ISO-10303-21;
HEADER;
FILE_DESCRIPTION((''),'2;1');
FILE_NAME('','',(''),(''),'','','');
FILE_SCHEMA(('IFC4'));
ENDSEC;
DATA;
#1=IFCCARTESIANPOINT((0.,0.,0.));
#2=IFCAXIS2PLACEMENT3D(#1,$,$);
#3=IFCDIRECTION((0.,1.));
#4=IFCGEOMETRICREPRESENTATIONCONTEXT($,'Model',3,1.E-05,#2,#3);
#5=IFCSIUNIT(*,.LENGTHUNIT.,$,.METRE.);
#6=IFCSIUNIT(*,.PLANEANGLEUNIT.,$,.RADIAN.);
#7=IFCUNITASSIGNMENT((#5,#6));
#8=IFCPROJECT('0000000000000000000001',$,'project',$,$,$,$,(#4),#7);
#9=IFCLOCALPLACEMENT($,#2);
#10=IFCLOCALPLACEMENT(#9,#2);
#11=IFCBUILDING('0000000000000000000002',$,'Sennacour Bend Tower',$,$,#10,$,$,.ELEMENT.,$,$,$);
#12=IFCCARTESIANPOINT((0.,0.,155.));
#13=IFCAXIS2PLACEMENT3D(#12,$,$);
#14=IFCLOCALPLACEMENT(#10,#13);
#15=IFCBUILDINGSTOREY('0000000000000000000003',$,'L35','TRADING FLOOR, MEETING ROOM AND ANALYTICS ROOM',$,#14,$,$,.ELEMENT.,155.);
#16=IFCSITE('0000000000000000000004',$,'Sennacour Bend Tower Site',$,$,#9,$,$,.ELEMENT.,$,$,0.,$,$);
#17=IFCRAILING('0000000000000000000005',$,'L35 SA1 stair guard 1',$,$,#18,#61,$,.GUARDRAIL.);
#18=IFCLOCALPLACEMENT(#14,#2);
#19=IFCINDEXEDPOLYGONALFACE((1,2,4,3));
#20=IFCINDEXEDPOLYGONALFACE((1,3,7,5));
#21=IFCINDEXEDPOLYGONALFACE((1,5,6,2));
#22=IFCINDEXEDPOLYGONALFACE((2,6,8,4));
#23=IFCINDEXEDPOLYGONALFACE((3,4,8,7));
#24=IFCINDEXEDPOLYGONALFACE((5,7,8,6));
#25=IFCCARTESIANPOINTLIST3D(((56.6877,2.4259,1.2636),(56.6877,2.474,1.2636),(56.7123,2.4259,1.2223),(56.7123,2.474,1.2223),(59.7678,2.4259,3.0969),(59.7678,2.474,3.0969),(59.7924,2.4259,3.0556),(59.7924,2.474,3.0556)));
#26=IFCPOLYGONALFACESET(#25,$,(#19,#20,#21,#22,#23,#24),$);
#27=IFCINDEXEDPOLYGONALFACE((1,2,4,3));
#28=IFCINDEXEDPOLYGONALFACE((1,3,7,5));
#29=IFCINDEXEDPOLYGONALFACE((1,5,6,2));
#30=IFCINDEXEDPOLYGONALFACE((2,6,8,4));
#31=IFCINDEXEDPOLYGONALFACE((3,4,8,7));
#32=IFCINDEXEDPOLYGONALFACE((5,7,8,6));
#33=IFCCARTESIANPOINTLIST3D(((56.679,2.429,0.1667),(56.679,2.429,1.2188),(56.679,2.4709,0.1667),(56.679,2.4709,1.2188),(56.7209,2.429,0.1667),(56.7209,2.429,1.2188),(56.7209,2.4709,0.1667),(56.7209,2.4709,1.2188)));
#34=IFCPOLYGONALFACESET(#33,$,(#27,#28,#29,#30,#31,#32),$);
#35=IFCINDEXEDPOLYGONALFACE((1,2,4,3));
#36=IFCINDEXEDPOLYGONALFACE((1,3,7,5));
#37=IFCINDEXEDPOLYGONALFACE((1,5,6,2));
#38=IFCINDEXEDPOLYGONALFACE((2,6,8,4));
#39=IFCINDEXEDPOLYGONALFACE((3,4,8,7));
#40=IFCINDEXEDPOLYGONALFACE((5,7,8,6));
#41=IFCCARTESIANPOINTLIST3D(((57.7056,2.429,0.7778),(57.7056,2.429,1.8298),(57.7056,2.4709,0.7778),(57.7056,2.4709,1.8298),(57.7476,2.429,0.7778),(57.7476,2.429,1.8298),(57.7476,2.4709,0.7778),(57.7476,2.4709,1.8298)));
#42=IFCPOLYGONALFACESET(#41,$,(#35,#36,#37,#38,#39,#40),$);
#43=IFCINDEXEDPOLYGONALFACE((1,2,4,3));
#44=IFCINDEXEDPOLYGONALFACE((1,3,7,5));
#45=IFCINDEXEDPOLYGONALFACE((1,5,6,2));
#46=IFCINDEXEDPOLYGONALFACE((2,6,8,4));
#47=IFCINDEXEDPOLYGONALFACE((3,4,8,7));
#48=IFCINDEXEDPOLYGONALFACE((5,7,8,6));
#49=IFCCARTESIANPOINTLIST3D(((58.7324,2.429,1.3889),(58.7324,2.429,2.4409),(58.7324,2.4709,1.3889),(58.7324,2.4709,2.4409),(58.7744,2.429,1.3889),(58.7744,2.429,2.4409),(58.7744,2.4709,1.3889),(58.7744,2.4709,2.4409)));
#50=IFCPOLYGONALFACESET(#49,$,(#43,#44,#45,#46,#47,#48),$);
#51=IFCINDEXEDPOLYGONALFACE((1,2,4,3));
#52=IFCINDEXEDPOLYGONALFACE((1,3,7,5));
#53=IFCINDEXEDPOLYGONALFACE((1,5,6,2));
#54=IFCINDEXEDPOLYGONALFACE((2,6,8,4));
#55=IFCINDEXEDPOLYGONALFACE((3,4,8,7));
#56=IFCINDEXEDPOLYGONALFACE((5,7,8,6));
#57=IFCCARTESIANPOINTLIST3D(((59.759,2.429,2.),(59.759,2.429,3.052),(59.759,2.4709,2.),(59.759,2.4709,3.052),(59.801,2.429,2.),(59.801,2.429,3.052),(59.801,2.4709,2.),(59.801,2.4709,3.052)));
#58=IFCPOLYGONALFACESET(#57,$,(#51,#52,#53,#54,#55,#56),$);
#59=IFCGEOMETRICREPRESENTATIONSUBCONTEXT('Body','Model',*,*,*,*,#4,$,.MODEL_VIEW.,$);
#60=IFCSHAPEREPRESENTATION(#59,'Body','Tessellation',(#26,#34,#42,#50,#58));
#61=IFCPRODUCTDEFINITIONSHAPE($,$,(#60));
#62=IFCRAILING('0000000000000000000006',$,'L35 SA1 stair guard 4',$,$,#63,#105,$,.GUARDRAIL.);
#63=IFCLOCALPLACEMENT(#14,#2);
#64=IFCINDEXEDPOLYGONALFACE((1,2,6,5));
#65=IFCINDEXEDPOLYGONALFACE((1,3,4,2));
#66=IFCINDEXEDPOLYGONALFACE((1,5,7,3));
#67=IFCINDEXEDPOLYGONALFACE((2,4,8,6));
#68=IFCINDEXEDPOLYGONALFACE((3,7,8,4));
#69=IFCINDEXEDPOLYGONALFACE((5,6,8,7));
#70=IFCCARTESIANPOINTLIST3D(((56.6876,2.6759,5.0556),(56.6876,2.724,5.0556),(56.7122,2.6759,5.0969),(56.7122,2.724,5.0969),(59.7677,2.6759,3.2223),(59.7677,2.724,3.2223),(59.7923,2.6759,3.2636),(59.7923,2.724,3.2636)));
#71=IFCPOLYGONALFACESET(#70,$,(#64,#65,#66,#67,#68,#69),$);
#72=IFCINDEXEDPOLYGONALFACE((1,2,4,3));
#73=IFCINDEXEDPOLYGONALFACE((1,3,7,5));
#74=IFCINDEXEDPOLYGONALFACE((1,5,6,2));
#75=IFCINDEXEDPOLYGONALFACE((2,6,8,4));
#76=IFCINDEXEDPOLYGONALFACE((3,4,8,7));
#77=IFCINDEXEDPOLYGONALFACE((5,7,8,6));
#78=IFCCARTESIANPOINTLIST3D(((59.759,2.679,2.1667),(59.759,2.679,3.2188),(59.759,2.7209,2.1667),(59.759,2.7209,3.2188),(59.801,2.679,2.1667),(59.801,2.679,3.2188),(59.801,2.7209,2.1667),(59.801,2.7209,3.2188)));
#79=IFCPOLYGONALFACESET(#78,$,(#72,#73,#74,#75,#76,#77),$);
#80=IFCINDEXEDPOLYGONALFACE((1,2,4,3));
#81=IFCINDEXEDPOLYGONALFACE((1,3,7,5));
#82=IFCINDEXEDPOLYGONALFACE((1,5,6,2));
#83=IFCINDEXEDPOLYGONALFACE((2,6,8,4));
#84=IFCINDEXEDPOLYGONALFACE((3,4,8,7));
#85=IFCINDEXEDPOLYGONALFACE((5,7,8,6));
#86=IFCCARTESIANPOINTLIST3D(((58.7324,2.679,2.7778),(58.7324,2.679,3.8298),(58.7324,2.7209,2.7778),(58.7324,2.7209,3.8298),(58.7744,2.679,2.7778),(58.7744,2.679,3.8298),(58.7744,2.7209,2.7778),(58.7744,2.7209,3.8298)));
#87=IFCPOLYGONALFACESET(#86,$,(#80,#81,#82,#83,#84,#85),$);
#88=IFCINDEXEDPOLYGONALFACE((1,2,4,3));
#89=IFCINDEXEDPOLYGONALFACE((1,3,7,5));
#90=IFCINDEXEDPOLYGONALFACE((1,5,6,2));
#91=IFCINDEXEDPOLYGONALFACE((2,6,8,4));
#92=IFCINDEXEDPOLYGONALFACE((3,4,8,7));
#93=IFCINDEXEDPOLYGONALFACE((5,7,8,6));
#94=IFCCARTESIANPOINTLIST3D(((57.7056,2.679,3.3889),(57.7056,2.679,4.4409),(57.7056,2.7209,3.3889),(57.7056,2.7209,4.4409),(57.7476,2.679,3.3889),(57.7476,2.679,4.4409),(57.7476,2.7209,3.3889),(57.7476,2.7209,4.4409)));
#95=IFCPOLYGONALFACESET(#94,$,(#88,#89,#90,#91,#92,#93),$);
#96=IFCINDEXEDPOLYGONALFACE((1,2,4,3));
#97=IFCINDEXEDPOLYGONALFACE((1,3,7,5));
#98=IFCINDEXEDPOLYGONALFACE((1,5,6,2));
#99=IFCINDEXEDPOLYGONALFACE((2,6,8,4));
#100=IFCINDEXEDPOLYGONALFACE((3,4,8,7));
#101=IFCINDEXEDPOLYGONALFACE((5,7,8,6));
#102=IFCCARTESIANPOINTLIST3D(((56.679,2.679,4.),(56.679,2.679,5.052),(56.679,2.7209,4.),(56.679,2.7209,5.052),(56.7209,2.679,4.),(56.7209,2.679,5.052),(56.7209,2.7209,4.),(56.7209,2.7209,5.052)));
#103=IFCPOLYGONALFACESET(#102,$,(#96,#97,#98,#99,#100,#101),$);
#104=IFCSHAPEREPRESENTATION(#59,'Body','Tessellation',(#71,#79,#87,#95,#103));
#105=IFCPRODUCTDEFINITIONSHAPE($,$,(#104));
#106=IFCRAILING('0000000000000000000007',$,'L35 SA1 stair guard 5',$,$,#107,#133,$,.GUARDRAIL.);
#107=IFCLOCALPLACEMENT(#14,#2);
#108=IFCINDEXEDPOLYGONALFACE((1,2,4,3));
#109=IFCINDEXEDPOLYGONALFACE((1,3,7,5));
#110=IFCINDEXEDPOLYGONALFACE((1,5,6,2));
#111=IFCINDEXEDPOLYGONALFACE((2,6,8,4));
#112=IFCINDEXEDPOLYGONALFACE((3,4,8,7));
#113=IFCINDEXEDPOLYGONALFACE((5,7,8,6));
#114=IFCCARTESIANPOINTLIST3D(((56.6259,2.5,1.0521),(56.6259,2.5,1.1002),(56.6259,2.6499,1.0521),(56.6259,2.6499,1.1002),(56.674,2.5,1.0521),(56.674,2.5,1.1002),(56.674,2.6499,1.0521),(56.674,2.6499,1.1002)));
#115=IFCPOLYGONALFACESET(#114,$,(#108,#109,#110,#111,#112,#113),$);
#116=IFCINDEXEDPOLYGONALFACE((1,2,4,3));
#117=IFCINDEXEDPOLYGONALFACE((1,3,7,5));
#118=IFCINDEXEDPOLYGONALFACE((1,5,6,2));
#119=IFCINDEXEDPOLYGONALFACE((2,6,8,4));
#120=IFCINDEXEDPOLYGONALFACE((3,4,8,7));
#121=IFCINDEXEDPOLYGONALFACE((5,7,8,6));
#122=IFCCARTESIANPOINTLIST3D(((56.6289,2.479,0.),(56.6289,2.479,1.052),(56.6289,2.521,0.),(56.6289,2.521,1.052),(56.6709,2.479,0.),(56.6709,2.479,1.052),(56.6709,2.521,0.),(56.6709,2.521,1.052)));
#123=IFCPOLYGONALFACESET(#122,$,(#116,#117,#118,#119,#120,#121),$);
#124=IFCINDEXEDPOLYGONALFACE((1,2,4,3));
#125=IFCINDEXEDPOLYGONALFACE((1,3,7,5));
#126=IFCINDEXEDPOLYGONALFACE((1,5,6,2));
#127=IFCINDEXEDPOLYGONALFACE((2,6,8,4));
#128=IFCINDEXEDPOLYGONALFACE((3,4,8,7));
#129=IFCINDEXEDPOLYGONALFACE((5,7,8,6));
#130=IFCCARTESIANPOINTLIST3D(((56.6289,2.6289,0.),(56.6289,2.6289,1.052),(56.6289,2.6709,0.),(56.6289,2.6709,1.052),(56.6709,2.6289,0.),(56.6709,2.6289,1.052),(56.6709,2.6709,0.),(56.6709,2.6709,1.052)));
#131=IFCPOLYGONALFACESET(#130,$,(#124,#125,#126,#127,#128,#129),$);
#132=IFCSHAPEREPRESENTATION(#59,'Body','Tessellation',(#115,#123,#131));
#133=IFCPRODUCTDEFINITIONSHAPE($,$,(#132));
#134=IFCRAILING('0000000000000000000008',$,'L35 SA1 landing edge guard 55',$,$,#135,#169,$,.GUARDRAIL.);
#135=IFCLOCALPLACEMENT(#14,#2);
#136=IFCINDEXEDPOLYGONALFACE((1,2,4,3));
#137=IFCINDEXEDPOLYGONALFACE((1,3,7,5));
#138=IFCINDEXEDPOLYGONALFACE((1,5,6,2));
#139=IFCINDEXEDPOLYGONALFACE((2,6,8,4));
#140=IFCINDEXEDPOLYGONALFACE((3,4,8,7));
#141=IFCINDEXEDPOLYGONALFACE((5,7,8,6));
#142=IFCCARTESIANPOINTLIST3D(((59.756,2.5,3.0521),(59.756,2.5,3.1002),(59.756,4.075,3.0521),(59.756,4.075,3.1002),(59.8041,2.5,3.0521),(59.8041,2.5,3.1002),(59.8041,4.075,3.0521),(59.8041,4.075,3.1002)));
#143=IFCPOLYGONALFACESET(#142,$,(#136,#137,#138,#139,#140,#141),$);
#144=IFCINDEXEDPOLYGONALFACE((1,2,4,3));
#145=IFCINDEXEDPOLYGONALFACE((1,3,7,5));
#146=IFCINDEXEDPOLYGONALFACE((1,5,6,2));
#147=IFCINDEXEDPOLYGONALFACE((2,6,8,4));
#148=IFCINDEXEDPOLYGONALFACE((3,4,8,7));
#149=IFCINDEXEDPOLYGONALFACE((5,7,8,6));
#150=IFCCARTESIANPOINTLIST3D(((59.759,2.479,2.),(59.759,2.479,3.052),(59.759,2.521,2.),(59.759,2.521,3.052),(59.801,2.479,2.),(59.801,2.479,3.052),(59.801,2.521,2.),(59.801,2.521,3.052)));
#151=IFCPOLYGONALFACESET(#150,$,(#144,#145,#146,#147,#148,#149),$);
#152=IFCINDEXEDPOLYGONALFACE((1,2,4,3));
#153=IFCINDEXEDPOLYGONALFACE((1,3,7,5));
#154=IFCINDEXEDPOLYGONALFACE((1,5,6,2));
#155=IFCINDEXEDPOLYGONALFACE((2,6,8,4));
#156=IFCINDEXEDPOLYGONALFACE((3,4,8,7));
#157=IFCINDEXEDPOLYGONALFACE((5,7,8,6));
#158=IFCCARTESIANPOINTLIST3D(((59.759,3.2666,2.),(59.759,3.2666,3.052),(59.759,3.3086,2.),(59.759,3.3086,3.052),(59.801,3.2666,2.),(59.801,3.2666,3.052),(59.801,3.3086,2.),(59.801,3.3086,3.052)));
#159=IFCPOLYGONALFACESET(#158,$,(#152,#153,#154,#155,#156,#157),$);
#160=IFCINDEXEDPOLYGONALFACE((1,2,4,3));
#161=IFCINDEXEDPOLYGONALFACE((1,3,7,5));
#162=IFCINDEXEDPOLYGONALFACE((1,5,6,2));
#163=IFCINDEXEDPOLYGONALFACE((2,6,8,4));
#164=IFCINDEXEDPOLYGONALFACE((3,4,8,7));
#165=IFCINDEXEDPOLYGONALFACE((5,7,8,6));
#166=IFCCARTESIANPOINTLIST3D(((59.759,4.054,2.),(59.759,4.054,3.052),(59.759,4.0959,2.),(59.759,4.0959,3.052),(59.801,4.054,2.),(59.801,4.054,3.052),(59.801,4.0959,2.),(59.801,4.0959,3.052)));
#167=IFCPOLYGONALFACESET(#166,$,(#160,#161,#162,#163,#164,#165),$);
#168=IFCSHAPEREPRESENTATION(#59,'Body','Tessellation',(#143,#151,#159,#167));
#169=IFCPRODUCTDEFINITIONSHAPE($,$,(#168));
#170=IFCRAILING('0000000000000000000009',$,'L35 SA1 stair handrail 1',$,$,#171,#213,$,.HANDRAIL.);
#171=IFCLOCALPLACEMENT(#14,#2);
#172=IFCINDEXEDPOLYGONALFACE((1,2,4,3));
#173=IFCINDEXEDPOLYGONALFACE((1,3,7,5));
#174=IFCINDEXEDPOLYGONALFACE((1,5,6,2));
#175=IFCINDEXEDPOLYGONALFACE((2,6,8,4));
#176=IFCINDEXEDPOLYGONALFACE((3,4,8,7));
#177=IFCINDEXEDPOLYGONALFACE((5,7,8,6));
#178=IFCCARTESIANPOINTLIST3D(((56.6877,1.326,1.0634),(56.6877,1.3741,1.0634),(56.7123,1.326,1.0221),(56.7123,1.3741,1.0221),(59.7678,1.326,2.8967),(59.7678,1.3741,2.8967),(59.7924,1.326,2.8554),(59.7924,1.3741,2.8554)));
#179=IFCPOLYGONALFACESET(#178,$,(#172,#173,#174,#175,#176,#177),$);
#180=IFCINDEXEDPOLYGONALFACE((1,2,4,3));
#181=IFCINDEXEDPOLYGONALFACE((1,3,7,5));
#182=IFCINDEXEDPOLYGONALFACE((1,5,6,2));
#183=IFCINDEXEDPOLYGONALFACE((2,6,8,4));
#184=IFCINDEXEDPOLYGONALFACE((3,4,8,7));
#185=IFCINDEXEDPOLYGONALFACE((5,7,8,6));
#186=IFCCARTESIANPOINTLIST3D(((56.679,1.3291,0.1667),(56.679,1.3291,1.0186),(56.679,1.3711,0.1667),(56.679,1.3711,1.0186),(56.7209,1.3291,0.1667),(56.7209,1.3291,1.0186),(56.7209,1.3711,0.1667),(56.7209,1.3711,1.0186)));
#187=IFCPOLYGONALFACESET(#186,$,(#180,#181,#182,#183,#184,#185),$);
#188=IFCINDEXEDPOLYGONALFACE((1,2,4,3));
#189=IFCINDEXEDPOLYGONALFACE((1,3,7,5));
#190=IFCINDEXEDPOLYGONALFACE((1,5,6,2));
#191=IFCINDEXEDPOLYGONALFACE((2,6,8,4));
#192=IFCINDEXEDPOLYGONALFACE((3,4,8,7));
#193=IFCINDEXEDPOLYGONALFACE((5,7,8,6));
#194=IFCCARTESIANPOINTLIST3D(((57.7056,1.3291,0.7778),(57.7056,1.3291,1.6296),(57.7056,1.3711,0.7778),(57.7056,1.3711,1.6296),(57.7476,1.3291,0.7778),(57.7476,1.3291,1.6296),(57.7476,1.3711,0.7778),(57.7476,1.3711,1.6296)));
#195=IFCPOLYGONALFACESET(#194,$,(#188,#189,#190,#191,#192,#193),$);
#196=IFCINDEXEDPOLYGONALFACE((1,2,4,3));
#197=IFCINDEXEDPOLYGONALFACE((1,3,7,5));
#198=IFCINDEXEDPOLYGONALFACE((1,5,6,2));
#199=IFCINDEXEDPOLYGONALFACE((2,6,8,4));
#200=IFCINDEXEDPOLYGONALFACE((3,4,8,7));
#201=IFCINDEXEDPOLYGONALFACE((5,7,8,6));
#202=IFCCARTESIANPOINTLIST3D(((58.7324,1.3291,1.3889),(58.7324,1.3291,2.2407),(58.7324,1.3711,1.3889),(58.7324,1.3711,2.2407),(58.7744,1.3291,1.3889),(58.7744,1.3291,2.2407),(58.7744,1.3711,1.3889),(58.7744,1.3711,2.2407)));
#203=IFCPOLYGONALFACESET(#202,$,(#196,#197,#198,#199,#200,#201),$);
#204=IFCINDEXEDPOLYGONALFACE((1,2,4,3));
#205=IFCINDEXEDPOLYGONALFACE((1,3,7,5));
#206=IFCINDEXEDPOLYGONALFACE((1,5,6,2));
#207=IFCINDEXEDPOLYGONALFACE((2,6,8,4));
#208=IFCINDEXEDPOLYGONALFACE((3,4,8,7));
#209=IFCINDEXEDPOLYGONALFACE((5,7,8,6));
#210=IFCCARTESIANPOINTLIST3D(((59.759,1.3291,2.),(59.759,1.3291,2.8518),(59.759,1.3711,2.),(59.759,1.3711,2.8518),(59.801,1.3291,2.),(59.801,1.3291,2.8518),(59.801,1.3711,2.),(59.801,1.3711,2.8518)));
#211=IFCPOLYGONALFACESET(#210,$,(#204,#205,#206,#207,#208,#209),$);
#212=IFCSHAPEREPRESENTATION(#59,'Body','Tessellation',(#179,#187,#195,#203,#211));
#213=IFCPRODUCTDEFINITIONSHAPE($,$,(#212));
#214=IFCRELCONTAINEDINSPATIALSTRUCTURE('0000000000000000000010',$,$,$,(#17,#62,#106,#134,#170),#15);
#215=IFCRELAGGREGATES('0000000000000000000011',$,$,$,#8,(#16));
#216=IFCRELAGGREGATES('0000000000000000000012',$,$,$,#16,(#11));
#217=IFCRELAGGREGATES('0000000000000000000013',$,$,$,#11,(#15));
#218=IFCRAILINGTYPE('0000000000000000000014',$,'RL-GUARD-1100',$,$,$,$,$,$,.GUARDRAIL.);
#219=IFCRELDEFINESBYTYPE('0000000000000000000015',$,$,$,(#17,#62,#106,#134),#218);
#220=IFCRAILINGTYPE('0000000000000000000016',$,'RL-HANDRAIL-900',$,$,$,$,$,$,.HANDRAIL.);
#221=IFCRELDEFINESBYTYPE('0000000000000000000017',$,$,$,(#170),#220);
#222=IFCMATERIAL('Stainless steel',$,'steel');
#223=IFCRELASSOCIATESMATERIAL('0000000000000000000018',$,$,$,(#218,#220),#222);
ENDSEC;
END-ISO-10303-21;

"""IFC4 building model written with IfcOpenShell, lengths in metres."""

from ifc_helpers import new_model, si_unit, direction, frame, origin, origin_2d, place, context, subcontext, project, spatial, rectangle, extrude, material, type_object, element, save


model = new_model("IFC4")

# Units and contexts
model_context = context("Model", 3, precision=1e-05, world=origin(), true_north=direction((0.0, 1.0)))
body_context = subcontext(model_context, "Body", "Model", "MODEL_VIEW")
ifc_project = project(units=[si_unit("LENGTHUNIT", "METRE"), si_unit("PLANEANGLEUNIT", "RADIAN")], contexts=[model_context])

# Site, building, storey
site_placement = place(None, origin())
site = spatial("IfcSite", under=ifc_project, at=site_placement, Name="Sennacour Bend Tower Site", CompositionType="ELEMENT", RefElevation=0.0)
building_placement = place(site_placement, origin())
building = spatial("IfcBuilding", under=site, at=building_placement, Name="Sennacour Bend Tower", CompositionType="ELEMENT")
storey_placement = place(building_placement, frame((0.0, 0.0, 155.0)))
storey = spatial("IfcBuildingStorey", under=building, at=storey_placement, Name="L35", Description="TRADING FLOOR, MEETING ROOM AND ANALYTICS ROOM", CompositionType="ELEMENT", Elevation=155.0)

# Shared definitions
ifc_material_1 = material(Name="Stainless steel", Category="steel")

# Railings
railing_type_1 = type_object("IfcRailingType", Name="RL-GUARD-1100", PredefinedType="GUARDRAIL", material=ifc_material_1)
railing_1_placement = place(storey_placement, frame((56.7, 2.45, 0.1667)))
element("IfcRailing", 1, at=railing_1_placement, inside=storey, type_object=railing_type_1, Name="L35 SA1 stair guard 1", PredefinedType="GUARDRAIL", context=body_context, shape_type="SweptSolid", body=[
    extrude(rectangle(XDim=0.0481, YDim=0.0481, at=origin_2d()), frame((0.0, 0.0, 1.0762), z_axis=(0.859309, 0.0, 0.511458), x_axis=(0.0, 1.0, 0.0)), (0.0, 0.0, 1.0), 3.5845),
    extrude(rectangle(XDim=0.042, YDim=0.042, at=origin_2d()), origin(), (0.0, 0.0, 1.0), 1.052),
    extrude(rectangle(XDim=0.042, YDim=0.042, at=origin_2d()), frame((1.0266, 0.0, 0.6111)), (0.0, 0.0, 1.0), 1.052),
    extrude(rectangle(XDim=0.042, YDim=0.042, at=origin_2d()), frame((2.0535, 0.0, 1.2222)), (0.0, 0.0, 1.0), 1.052),
    extrude(rectangle(XDim=0.042, YDim=0.042, at=origin_2d()), frame((3.0801, 0.0, 1.8333)), (0.0, 0.0, 1.0), 1.052),
])
railing_2_placement = place(storey_placement, frame((59.78, 2.7, 2.1667)))
element("IfcRailing", 2, at=railing_2_placement, inside=storey, type_object=railing_type_1, Name="L35 SA1 stair guard 4", PredefinedType="GUARDRAIL", context=body_context, shape_type="SweptSolid", body=[
    extrude(rectangle(XDim=0.0481, YDim=0.0481, at=origin_2d()), frame((0.0, 0.0, 1.0762), z_axis=(-0.859309, 0.0, 0.511458), x_axis=(0.0, -1.0, 0.0)), (0.0, 0.0, 1.0), 3.5845),
    extrude(rectangle(XDim=0.042, YDim=0.042, at=origin_2d()), origin(), (0.0, 0.0, 1.0), 1.052),
    extrude(rectangle(XDim=0.042, YDim=0.042, at=origin_2d()), frame((-1.0266, 0.0, 0.6111)), (0.0, 0.0, 1.0), 1.052),
    extrude(rectangle(XDim=0.042, YDim=0.042, at=origin_2d()), frame((-2.0535, 0.0, 1.2222)), (0.0, 0.0, 1.0), 1.052),
    extrude(rectangle(XDim=0.042, YDim=0.042, at=origin_2d()), frame((-3.0801, 0.0, 1.8333)), (0.0, 0.0, 1.0), 1.052),
])
railing_3_placement = place(storey_placement, frame((56.6499, 2.5, 0.0)))
element("IfcRailing", 3, at=railing_3_placement, inside=storey, type_object=railing_type_1, Name="L35 SA1 stair guard 5", PredefinedType="GUARDRAIL", context=body_context, shape_type="SweptSolid", body=[
    extrude(rectangle(XDim=0.0481, YDim=0.0481, at=origin_2d()), frame((0.0, 0.0, 1.0762), z_axis=(0.0, 1.0, 0.0), x_axis=(-1.0, 0.0, 0.0)), (0.0, 0.0, 1.0), 0.1499),
    extrude(rectangle(XDim=0.042, YDim=0.042, at=origin_2d()), origin(), (0.0, 0.0, 1.0), 1.052),
    extrude(rectangle(XDim=0.042, YDim=0.042, at=origin_2d()), frame((0.0, 0.1499, 0.0)), (0.0, 0.0, 1.0), 1.052),
])
railing_4_placement = place(storey_placement, frame((59.78, 2.5, 2.0)))
element("IfcRailing", 4, at=railing_4_placement, inside=storey, type_object=railing_type_1, Name="L35 SA1 landing edge guard 55", PredefinedType="GUARDRAIL", context=body_context, shape_type="SweptSolid", body=[
    extrude(rectangle(XDim=0.0481, YDim=0.0481, at=origin_2d()), frame((0.0, 0.0, 1.0762), z_axis=(0.0, 1.0, 0.0), x_axis=(-1.0, 0.0, 0.0)), (0.0, 0.0, 1.0), 1.575),
    extrude(rectangle(XDim=0.042, YDim=0.042, at=origin_2d()), origin(), (0.0, 0.0, 1.0), 1.052),
    extrude(rectangle(XDim=0.042, YDim=0.042, at=origin_2d()), frame((0.0, 0.7876, 0.0)), (0.0, 0.0, 1.0), 1.052),
    extrude(rectangle(XDim=0.042, YDim=0.042, at=origin_2d()), frame((0.0, 1.575, 0.0)), (0.0, 0.0, 1.0), 1.052),
])
railing_type_2 = type_object("IfcRailingType", Name="RL-HANDRAIL-900", PredefinedType="HANDRAIL", material=ifc_material_1)
railing_5_placement = place(storey_placement, frame((56.7, 1.3501, 0.1667)))
element("IfcRailing", 5, at=railing_5_placement, inside=storey, type_object=railing_type_2, Name="L35 SA1 stair handrail 1", PredefinedType="HANDRAIL", context=body_context, shape_type="SweptSolid", body=[
    extrude(rectangle(XDim=0.0481, YDim=0.0481, at=origin_2d()), frame((0.0, 0.0, 0.876), z_axis=(0.859309, 0.0, 0.511458), x_axis=(0.0, 1.0, 0.0)), (0.0, 0.0, 1.0), 3.5845),
    extrude(rectangle(XDim=0.042, YDim=0.042, at=origin_2d()), origin(), (0.0, 0.0, 1.0), 0.8518),
    extrude(rectangle(XDim=0.042, YDim=0.042, at=origin_2d()), frame((1.0266, 0.0, 0.6111)), (0.0, 0.0, 1.0), 0.8518),
    extrude(rectangle(XDim=0.042, YDim=0.042, at=origin_2d()), frame((2.0535, 0.0, 1.2222)), (0.0, 0.0, 1.0), 0.8518),
    extrude(rectangle(XDim=0.042, YDim=0.042, at=origin_2d()), frame((3.0801, 0.0, 1.8333)), (0.0, 0.0, 1.0), 0.8518),
])

save(model, "model.ifc")
